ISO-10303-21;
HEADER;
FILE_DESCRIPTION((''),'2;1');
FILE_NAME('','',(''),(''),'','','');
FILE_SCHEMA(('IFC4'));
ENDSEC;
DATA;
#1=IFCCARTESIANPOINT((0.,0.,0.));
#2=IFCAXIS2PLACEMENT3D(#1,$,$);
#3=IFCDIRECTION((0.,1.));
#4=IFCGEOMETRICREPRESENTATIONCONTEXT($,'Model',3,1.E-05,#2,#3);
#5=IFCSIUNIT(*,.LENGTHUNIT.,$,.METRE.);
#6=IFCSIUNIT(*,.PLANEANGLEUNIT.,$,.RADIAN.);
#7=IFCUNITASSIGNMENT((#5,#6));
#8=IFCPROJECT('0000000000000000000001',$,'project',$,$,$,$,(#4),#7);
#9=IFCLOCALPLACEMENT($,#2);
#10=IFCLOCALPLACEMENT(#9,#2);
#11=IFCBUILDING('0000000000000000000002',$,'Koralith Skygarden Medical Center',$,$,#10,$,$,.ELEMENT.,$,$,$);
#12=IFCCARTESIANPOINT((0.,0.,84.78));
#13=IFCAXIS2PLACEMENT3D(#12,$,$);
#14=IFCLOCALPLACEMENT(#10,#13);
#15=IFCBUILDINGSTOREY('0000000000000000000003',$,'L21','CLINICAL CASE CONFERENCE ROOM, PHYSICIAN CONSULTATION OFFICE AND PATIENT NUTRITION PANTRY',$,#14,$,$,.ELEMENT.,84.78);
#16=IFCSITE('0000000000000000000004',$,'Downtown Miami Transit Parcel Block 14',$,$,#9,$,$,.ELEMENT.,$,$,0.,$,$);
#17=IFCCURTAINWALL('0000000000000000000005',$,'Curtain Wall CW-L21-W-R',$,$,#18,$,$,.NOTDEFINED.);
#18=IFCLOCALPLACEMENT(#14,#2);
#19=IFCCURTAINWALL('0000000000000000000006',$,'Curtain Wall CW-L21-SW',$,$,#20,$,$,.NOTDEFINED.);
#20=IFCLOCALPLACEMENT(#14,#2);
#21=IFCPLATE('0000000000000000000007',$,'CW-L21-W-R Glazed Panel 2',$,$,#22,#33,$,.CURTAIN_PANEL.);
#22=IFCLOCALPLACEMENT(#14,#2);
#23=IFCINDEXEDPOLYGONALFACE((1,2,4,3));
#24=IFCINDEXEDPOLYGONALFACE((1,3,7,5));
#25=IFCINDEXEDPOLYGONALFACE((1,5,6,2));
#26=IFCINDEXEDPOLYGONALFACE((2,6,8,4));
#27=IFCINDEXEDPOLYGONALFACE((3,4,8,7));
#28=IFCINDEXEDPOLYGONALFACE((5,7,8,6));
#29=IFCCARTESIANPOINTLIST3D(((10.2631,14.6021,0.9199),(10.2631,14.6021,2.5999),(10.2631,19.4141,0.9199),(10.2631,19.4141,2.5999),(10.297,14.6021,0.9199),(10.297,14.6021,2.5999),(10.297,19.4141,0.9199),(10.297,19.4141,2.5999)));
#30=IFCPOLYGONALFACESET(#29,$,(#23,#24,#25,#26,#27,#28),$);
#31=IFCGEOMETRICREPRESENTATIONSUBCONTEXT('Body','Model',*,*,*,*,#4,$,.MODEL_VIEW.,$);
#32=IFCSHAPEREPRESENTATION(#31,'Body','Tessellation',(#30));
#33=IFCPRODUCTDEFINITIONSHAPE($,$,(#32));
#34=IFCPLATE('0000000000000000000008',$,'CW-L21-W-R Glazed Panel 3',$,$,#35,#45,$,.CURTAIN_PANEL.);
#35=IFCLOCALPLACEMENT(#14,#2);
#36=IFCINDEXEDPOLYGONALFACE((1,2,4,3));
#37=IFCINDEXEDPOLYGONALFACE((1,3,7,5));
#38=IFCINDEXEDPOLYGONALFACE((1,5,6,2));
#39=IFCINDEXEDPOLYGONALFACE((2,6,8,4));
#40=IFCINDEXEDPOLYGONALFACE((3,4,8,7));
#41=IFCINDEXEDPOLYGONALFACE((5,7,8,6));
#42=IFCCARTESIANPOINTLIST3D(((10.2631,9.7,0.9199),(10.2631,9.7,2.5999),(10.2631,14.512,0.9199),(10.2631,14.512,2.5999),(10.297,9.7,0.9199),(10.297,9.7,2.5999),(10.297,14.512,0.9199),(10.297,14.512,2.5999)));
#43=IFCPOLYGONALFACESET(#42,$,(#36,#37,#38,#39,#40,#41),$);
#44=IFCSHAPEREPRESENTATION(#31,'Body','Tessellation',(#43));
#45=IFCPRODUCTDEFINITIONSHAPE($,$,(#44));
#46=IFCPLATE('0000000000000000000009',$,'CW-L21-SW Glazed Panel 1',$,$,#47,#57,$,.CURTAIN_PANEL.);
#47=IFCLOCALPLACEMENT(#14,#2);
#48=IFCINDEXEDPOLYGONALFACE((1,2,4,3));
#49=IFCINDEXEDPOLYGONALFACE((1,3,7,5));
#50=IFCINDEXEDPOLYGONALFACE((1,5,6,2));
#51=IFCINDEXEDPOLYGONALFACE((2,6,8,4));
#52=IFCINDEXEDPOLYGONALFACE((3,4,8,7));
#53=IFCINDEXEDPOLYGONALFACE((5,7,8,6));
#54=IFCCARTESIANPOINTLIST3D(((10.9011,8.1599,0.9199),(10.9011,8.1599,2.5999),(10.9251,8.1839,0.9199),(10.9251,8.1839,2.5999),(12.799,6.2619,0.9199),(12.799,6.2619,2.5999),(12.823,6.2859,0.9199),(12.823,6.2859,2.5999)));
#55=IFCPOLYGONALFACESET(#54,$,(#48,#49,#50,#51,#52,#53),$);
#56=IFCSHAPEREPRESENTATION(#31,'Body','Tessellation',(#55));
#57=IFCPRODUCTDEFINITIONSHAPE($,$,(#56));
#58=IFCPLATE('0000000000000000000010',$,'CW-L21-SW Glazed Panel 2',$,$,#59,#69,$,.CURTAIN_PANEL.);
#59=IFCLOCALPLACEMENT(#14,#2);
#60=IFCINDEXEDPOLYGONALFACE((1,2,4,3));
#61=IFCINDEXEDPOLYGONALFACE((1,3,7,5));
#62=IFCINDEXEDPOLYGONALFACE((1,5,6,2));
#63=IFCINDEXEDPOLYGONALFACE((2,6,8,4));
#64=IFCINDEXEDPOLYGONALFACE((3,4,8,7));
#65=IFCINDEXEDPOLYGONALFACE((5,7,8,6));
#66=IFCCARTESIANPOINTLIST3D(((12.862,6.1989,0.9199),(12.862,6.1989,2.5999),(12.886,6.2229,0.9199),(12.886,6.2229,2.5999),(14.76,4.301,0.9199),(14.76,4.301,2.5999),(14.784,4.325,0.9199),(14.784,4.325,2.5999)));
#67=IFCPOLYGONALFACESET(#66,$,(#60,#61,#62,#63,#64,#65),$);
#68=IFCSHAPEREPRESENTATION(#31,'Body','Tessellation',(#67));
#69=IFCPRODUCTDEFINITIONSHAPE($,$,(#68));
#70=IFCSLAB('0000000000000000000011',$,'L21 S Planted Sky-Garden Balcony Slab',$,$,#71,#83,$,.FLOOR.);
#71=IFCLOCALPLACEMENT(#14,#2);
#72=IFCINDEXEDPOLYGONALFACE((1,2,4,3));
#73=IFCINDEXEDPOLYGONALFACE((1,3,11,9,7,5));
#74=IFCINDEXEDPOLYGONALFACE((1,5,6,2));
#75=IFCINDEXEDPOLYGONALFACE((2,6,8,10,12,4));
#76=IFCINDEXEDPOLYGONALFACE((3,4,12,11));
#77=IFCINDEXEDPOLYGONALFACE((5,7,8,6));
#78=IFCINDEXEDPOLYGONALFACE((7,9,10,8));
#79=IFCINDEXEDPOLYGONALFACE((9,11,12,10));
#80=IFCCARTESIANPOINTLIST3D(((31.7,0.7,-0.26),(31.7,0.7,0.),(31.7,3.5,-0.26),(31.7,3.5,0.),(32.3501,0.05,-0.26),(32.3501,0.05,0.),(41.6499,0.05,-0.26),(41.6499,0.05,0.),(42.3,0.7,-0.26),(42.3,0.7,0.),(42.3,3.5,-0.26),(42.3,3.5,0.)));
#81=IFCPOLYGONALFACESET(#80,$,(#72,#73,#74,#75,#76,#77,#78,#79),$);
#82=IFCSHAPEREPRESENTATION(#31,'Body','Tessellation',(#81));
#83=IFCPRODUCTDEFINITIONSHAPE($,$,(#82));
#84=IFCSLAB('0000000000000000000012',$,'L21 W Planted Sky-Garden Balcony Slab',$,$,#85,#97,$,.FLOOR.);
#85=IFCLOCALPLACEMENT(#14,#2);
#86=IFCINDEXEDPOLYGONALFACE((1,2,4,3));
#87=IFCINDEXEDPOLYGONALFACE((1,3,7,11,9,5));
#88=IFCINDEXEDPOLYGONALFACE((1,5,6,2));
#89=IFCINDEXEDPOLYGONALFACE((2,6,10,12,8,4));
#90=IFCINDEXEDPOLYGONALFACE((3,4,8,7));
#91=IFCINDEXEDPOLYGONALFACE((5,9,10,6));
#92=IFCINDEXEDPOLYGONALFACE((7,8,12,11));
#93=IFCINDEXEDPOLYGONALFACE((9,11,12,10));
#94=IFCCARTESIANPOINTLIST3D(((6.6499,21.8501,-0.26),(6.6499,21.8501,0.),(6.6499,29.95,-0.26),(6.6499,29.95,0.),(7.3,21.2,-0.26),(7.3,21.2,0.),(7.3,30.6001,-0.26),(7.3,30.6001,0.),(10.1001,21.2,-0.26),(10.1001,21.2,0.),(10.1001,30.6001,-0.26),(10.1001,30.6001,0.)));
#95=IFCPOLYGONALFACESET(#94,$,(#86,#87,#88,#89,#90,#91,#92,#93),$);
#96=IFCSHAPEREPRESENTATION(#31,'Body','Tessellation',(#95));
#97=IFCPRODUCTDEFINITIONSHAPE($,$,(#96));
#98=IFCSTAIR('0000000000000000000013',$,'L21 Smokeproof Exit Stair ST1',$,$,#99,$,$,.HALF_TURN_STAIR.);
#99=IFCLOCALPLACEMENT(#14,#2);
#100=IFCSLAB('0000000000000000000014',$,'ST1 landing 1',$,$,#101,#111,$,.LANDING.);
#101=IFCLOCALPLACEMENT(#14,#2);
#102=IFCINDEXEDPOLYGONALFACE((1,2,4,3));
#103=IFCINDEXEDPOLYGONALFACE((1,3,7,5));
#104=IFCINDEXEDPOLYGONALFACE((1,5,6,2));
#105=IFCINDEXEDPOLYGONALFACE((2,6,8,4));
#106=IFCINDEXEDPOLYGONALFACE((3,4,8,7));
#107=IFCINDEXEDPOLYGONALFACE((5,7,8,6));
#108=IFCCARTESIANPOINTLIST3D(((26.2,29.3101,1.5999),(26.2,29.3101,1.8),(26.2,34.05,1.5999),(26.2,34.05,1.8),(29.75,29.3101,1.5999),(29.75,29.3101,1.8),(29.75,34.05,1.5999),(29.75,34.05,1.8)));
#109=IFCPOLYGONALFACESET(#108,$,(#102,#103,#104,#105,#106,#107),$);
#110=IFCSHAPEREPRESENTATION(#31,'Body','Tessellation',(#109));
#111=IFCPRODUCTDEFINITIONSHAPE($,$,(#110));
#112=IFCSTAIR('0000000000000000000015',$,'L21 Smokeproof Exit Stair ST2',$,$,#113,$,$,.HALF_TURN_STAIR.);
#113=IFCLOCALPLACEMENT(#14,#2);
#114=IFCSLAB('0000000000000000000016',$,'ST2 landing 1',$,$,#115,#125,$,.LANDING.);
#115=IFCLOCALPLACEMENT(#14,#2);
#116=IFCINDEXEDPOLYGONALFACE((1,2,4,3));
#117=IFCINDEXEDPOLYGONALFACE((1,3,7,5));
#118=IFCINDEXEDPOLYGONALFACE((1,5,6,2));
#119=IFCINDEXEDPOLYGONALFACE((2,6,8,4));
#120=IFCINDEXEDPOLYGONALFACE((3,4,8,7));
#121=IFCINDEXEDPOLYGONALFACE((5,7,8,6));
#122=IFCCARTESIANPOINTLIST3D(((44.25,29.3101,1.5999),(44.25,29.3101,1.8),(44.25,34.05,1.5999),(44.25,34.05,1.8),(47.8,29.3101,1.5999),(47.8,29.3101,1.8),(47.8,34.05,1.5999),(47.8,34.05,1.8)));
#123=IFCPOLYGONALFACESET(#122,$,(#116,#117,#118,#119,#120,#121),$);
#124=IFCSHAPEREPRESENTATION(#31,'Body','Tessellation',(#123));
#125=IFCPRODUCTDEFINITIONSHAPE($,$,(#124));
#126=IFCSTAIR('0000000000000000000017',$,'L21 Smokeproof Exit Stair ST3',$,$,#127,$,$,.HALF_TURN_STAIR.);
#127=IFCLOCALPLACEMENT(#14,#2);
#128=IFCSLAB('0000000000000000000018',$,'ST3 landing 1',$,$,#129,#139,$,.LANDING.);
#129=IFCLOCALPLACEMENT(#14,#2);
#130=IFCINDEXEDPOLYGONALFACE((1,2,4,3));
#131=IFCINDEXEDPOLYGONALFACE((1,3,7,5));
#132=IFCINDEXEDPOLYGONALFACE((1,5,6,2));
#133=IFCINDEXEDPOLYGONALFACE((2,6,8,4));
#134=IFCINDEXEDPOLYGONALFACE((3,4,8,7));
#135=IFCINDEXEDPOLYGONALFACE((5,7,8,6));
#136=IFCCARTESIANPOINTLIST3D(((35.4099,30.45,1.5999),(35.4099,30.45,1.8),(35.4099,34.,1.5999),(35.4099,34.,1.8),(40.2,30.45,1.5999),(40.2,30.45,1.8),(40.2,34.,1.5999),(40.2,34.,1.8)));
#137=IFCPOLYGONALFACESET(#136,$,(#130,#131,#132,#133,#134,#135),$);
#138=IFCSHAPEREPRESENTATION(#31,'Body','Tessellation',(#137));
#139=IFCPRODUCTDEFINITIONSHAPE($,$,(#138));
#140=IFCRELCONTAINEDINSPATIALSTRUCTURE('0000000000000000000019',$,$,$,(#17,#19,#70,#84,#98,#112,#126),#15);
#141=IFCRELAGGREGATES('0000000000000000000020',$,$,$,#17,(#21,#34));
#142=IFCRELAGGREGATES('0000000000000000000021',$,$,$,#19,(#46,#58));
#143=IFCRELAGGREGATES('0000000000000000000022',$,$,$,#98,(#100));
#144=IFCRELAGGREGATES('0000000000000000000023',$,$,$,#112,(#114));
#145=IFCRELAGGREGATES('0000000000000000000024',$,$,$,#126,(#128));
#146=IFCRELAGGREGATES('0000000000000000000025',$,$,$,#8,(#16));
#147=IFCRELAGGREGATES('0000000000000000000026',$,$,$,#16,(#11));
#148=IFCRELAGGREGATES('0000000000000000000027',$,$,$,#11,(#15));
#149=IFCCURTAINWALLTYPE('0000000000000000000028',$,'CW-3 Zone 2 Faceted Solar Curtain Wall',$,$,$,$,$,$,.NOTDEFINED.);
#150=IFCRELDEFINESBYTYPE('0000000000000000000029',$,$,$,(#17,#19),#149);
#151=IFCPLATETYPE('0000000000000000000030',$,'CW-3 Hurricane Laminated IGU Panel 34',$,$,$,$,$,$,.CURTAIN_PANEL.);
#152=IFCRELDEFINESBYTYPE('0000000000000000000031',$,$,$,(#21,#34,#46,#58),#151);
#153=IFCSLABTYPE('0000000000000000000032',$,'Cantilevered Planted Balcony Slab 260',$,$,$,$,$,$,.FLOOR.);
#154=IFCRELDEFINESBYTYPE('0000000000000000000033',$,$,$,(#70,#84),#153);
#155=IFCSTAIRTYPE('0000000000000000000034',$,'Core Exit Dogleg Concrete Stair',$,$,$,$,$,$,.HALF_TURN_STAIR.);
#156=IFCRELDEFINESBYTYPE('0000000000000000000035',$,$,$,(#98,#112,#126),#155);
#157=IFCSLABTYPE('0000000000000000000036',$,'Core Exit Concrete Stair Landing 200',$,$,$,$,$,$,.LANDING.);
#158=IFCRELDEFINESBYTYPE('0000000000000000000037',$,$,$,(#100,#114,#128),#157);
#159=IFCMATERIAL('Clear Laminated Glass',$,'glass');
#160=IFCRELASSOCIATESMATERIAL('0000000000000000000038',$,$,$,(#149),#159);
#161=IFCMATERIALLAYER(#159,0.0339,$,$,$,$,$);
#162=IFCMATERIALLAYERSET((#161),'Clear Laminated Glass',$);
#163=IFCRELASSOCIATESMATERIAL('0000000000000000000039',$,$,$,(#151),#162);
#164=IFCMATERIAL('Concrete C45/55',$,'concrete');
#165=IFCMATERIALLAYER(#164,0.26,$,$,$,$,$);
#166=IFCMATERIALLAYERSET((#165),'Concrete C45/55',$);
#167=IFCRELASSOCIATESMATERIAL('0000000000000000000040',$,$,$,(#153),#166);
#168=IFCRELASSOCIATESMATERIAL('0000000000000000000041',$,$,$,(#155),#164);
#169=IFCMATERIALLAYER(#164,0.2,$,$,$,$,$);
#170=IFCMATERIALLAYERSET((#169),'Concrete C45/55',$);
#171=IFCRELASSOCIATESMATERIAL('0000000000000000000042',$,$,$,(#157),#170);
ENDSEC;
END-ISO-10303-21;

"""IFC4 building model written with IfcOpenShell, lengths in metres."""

from ifc_helpers import new_model, si_unit, direction, frame, origin, origin_2d, place, context, subcontext, project, spatial, polyline, rectangle, outline, extrude, material, layer, layer_set, type_object, element, aggregate, save


model = new_model("IFC4")

# Units and contexts
model_context = context("Model", 3, precision=1e-05, world=origin(), true_north=direction((0.0, 1.0)))
body_context = subcontext(model_context, "Body", "Model", "MODEL_VIEW")
ifc_project = project(units=[si_unit("LENGTHUNIT", "METRE"), si_unit("PLANEANGLEUNIT", "RADIAN")], contexts=[model_context])

# Site, building, storey
site_placement = place(None, origin())
site = spatial("IfcSite", under=ifc_project, at=site_placement, Name="Downtown Miami Transit Parcel Block 14", CompositionType="ELEMENT", RefElevation=0.0)
building_placement = place(site_placement, origin())
building = spatial("IfcBuilding", under=site, at=building_placement, Name="Koralith Skygarden Medical Center", CompositionType="ELEMENT")
storey_placement = place(building_placement, frame((0.0, 0.0, 84.78)))
storey = spatial("IfcBuildingStorey", under=building, at=storey_placement, Name="L21", Description="CLINICAL CASE CONFERENCE ROOM, PHYSICIAN CONSULTATION OFFICE AND PATIENT NUTRITION PANTRY", CompositionType="ELEMENT", Elevation=84.78)

# Curtain walls
ifc_material_1 = material(Name="Clear Laminated Glass", Category="glass")
curtain_wall_type = type_object("IfcCurtainWallType", Name="CW-3 Zone 2 Faceted Solar Curtain Wall", PredefinedType="NOTDEFINED", material=ifc_material_1)
curtain_wall_1_placement = place(storey_placement, origin())
curtain_wall_1 = element("IfcCurtainWall", 1, at=curtain_wall_1_placement, inside=storey, type_object=curtain_wall_type, Name="Curtain Wall CW-L21-W-R", PredefinedType="NOTDEFINED")
curtain_wall_2_placement = place(storey_placement, origin())
curtain_wall_2 = element("IfcCurtainWall", 2, at=curtain_wall_2_placement, inside=storey, type_object=curtain_wall_type, Name="Curtain Wall CW-L21-SW", PredefinedType="NOTDEFINED")

# Shared definitions
ifc_material_2 = material(Name="Concrete C45/55", Category="concrete")

# Plates
ifc_layer_1 = layer(ifc_material_1, 0.0339)
ifc_layer_set_1 = layer_set([ifc_layer_1], Name="Clear Laminated Glass")
plate_type_1 = type_object("IfcPlateType", Name="CW-3 Hurricane Laminated IGU Panel 34", PredefinedType="CURTAIN_PANEL", material=ifc_layer_set_1)
plate_1_placement = place(storey_placement, frame((10.28, 17.0081, 0.9199), z_axis=(0.0, 0.0, 1.0), x_axis=(0.0, -1.0, 0.0)))
plate_1 = element("IfcPlate", 3, at=plate_1_placement, type_object=plate_type_1, Name="CW-L21-W-R Glazed Panel 2", PredefinedType="CURTAIN_PANEL", context=body_context, shape_type="SweptSolid", body=[
    extrude(rectangle(XDim=4.812, YDim=0.0339, at=origin_2d()), origin(), (0.0, 0.0, 1.0), 1.6799),
])
plate_2_placement = place(storey_placement, frame((10.28, 12.106, 0.9199), z_axis=(0.0, 0.0, 1.0), x_axis=(0.0, -1.0, 0.0)))
plate_2 = element("IfcPlate", 4, at=plate_2_placement, type_object=plate_type_1, Name="CW-L21-W-R Glazed Panel 3", PredefinedType="CURTAIN_PANEL", context=body_context, shape_type="SweptSolid", body=[
    extrude(rectangle(XDim=4.812, YDim=0.0339, at=origin_2d()), origin(), (0.0, 0.0, 1.0), 1.6799),
])
aggregate(curtain_wall_1, [plate_1, plate_2])
plate_3_placement = place(storey_placement, frame((11.8621, 7.2229, 0.9199), z_axis=(0.0, 0.0, 1.0), x_axis=(0.707107, -0.707107, 0.0)))
plate_3 = element("IfcPlate", 5, at=plate_3_placement, type_object=plate_type_1, Name="CW-L21-SW Glazed Panel 1", PredefinedType="CURTAIN_PANEL", context=body_context, shape_type="SweptSolid", body=[
    extrude(rectangle(XDim=2.6841, YDim=0.0339, at=origin_2d()), origin(), (0.0, 0.0, 1.0), 1.6799),
])
plate_4_placement = place(storey_placement, frame((13.823, 5.262, 0.9199), z_axis=(0.0, 0.0, 1.0), x_axis=(0.707107, -0.707107, 0.0)))
plate_4 = element("IfcPlate", 6, at=plate_4_placement, type_object=plate_type_1, Name="CW-L21-SW Glazed Panel 2", PredefinedType="CURTAIN_PANEL", context=body_context, shape_type="SweptSolid", body=[
    extrude(rectangle(XDim=2.6841, YDim=0.0339, at=origin_2d()), origin(), (0.0, 0.0, 1.0), 1.6799),
])
aggregate(curtain_wall_2, [plate_3, plate_4])

# Slabs
ifc_layer_2 = layer(ifc_material_2, 0.26)
ifc_layer_set_2 = layer_set([ifc_layer_2], Name="Concrete C45/55")
slab_type_1 = type_object("IfcSlabType", Name="Cantilevered Planted Balcony Slab 260", PredefinedType="FLOOR", material=ifc_layer_set_2)
slab_1_placement = place(storey_placement, frame((0.0, 0.0, -0.26)))
element("IfcSlab", 7, at=slab_1_placement, inside=storey, type_object=slab_type_1, Name="L21 S Planted Sky-Garden Balcony Slab", PredefinedType="FLOOR", context=body_context, shape_type="SweptSolid", body=[
    extrude(outline(polyline([(32.3501, 0.05), (41.6499, 0.05), (42.3, 0.7), (42.3, 3.5), (31.7, 3.5), (31.7, 0.7), (32.3501, 0.05)])), origin(), (0.0, 0.0, 1.0), 0.26),
])
slab_2_placement = place(storey_placement, frame((0.0, 0.0, -0.26)))
element("IfcSlab", 8, at=slab_2_placement, inside=storey, type_object=slab_type_1, Name="L21 W Planted Sky-Garden Balcony Slab", PredefinedType="FLOOR", context=body_context, shape_type="SweptSolid", body=[
    extrude(outline(polyline([(7.3, 21.2), (10.1001, 21.2), (10.1001, 30.6001), (7.3, 30.6001), (6.6499, 29.95), (6.6499, 21.8501), (7.3, 21.2)])), origin(), (0.0, 0.0, 1.0), 0.26),
])

# Stairs, slabs
stair_type = type_object("IfcStairType", Name="Core Exit Dogleg Concrete Stair", PredefinedType="HALF_TURN_STAIR", material=ifc_material_2)
stair_1_placement = place(storey_placement, origin())
stair_1 = element("IfcStair", 9, at=stair_1_placement, inside=storey, type_object=stair_type, Name="L21 Smokeproof Exit Stair ST1", PredefinedType="HALF_TURN_STAIR")
ifc_layer_3 = layer(ifc_material_2, 0.2)
ifc_layer_set_3 = layer_set([ifc_layer_3], Name="Concrete C45/55")
slab_type_2 = type_object("IfcSlabType", Name="Core Exit Concrete Stair Landing 200", PredefinedType="LANDING", material=ifc_layer_set_3)
slab_3_placement = place(storey_placement, frame((0.0, 0.0, 1.5999)))
slab_3 = element("IfcSlab", 10, at=slab_3_placement, type_object=slab_type_2, Name="ST1 landing 1", PredefinedType="LANDING", context=body_context, shape_type="SweptSolid", body=[
    extrude(outline(polyline([(29.75, 29.3101), (29.75, 34.05), (26.2, 34.05), (26.2, 29.3101), (29.75, 29.3101)])), origin(), (0.0, 0.0, 1.0), 0.2002),
])
aggregate(stair_1, [slab_3])
stair_2_placement = place(storey_placement, origin())
stair_2 = element("IfcStair", 11, at=stair_2_placement, inside=storey, type_object=stair_type, Name="L21 Smokeproof Exit Stair ST2", PredefinedType="HALF_TURN_STAIR")
slab_4_placement = place(storey_placement, frame((0.0, 0.0, 1.5999)))
slab_4 = element("IfcSlab", 12, at=slab_4_placement, type_object=slab_type_2, Name="ST2 landing 1", PredefinedType="LANDING", context=body_context, shape_type="SweptSolid", body=[
    extrude(outline(polyline([(47.8, 29.3101), (47.8, 34.05), (44.25, 34.05), (44.25, 29.3101), (47.8, 29.3101)])), origin(), (0.0, 0.0, 1.0), 0.2002),
])
aggregate(stair_2, [slab_4])
stair_3_placement = place(storey_placement, origin())
stair_3 = element("IfcStair", 13, at=stair_3_placement, inside=storey, type_object=stair_type, Name="L21 Smokeproof Exit Stair ST3", PredefinedType="HALF_TURN_STAIR")
slab_5_placement = place(storey_placement, frame((0.0, 0.0, 1.5999)))
slab_5 = element("IfcSlab", 14, at=slab_5_placement, type_object=slab_type_2, Name="ST3 landing 1", PredefinedType="LANDING", context=body_context, shape_type="SweptSolid", body=[
    extrude(outline(polyline([(35.4099, 30.45), (40.2, 30.45), (40.2, 34.0), (35.4099, 34.0), (35.4099, 30.45)])), origin(), (0.0, 0.0, 1.0), 0.2002),
])
aggregate(stair_3, [slab_5])

save(model, "model.ifc")
